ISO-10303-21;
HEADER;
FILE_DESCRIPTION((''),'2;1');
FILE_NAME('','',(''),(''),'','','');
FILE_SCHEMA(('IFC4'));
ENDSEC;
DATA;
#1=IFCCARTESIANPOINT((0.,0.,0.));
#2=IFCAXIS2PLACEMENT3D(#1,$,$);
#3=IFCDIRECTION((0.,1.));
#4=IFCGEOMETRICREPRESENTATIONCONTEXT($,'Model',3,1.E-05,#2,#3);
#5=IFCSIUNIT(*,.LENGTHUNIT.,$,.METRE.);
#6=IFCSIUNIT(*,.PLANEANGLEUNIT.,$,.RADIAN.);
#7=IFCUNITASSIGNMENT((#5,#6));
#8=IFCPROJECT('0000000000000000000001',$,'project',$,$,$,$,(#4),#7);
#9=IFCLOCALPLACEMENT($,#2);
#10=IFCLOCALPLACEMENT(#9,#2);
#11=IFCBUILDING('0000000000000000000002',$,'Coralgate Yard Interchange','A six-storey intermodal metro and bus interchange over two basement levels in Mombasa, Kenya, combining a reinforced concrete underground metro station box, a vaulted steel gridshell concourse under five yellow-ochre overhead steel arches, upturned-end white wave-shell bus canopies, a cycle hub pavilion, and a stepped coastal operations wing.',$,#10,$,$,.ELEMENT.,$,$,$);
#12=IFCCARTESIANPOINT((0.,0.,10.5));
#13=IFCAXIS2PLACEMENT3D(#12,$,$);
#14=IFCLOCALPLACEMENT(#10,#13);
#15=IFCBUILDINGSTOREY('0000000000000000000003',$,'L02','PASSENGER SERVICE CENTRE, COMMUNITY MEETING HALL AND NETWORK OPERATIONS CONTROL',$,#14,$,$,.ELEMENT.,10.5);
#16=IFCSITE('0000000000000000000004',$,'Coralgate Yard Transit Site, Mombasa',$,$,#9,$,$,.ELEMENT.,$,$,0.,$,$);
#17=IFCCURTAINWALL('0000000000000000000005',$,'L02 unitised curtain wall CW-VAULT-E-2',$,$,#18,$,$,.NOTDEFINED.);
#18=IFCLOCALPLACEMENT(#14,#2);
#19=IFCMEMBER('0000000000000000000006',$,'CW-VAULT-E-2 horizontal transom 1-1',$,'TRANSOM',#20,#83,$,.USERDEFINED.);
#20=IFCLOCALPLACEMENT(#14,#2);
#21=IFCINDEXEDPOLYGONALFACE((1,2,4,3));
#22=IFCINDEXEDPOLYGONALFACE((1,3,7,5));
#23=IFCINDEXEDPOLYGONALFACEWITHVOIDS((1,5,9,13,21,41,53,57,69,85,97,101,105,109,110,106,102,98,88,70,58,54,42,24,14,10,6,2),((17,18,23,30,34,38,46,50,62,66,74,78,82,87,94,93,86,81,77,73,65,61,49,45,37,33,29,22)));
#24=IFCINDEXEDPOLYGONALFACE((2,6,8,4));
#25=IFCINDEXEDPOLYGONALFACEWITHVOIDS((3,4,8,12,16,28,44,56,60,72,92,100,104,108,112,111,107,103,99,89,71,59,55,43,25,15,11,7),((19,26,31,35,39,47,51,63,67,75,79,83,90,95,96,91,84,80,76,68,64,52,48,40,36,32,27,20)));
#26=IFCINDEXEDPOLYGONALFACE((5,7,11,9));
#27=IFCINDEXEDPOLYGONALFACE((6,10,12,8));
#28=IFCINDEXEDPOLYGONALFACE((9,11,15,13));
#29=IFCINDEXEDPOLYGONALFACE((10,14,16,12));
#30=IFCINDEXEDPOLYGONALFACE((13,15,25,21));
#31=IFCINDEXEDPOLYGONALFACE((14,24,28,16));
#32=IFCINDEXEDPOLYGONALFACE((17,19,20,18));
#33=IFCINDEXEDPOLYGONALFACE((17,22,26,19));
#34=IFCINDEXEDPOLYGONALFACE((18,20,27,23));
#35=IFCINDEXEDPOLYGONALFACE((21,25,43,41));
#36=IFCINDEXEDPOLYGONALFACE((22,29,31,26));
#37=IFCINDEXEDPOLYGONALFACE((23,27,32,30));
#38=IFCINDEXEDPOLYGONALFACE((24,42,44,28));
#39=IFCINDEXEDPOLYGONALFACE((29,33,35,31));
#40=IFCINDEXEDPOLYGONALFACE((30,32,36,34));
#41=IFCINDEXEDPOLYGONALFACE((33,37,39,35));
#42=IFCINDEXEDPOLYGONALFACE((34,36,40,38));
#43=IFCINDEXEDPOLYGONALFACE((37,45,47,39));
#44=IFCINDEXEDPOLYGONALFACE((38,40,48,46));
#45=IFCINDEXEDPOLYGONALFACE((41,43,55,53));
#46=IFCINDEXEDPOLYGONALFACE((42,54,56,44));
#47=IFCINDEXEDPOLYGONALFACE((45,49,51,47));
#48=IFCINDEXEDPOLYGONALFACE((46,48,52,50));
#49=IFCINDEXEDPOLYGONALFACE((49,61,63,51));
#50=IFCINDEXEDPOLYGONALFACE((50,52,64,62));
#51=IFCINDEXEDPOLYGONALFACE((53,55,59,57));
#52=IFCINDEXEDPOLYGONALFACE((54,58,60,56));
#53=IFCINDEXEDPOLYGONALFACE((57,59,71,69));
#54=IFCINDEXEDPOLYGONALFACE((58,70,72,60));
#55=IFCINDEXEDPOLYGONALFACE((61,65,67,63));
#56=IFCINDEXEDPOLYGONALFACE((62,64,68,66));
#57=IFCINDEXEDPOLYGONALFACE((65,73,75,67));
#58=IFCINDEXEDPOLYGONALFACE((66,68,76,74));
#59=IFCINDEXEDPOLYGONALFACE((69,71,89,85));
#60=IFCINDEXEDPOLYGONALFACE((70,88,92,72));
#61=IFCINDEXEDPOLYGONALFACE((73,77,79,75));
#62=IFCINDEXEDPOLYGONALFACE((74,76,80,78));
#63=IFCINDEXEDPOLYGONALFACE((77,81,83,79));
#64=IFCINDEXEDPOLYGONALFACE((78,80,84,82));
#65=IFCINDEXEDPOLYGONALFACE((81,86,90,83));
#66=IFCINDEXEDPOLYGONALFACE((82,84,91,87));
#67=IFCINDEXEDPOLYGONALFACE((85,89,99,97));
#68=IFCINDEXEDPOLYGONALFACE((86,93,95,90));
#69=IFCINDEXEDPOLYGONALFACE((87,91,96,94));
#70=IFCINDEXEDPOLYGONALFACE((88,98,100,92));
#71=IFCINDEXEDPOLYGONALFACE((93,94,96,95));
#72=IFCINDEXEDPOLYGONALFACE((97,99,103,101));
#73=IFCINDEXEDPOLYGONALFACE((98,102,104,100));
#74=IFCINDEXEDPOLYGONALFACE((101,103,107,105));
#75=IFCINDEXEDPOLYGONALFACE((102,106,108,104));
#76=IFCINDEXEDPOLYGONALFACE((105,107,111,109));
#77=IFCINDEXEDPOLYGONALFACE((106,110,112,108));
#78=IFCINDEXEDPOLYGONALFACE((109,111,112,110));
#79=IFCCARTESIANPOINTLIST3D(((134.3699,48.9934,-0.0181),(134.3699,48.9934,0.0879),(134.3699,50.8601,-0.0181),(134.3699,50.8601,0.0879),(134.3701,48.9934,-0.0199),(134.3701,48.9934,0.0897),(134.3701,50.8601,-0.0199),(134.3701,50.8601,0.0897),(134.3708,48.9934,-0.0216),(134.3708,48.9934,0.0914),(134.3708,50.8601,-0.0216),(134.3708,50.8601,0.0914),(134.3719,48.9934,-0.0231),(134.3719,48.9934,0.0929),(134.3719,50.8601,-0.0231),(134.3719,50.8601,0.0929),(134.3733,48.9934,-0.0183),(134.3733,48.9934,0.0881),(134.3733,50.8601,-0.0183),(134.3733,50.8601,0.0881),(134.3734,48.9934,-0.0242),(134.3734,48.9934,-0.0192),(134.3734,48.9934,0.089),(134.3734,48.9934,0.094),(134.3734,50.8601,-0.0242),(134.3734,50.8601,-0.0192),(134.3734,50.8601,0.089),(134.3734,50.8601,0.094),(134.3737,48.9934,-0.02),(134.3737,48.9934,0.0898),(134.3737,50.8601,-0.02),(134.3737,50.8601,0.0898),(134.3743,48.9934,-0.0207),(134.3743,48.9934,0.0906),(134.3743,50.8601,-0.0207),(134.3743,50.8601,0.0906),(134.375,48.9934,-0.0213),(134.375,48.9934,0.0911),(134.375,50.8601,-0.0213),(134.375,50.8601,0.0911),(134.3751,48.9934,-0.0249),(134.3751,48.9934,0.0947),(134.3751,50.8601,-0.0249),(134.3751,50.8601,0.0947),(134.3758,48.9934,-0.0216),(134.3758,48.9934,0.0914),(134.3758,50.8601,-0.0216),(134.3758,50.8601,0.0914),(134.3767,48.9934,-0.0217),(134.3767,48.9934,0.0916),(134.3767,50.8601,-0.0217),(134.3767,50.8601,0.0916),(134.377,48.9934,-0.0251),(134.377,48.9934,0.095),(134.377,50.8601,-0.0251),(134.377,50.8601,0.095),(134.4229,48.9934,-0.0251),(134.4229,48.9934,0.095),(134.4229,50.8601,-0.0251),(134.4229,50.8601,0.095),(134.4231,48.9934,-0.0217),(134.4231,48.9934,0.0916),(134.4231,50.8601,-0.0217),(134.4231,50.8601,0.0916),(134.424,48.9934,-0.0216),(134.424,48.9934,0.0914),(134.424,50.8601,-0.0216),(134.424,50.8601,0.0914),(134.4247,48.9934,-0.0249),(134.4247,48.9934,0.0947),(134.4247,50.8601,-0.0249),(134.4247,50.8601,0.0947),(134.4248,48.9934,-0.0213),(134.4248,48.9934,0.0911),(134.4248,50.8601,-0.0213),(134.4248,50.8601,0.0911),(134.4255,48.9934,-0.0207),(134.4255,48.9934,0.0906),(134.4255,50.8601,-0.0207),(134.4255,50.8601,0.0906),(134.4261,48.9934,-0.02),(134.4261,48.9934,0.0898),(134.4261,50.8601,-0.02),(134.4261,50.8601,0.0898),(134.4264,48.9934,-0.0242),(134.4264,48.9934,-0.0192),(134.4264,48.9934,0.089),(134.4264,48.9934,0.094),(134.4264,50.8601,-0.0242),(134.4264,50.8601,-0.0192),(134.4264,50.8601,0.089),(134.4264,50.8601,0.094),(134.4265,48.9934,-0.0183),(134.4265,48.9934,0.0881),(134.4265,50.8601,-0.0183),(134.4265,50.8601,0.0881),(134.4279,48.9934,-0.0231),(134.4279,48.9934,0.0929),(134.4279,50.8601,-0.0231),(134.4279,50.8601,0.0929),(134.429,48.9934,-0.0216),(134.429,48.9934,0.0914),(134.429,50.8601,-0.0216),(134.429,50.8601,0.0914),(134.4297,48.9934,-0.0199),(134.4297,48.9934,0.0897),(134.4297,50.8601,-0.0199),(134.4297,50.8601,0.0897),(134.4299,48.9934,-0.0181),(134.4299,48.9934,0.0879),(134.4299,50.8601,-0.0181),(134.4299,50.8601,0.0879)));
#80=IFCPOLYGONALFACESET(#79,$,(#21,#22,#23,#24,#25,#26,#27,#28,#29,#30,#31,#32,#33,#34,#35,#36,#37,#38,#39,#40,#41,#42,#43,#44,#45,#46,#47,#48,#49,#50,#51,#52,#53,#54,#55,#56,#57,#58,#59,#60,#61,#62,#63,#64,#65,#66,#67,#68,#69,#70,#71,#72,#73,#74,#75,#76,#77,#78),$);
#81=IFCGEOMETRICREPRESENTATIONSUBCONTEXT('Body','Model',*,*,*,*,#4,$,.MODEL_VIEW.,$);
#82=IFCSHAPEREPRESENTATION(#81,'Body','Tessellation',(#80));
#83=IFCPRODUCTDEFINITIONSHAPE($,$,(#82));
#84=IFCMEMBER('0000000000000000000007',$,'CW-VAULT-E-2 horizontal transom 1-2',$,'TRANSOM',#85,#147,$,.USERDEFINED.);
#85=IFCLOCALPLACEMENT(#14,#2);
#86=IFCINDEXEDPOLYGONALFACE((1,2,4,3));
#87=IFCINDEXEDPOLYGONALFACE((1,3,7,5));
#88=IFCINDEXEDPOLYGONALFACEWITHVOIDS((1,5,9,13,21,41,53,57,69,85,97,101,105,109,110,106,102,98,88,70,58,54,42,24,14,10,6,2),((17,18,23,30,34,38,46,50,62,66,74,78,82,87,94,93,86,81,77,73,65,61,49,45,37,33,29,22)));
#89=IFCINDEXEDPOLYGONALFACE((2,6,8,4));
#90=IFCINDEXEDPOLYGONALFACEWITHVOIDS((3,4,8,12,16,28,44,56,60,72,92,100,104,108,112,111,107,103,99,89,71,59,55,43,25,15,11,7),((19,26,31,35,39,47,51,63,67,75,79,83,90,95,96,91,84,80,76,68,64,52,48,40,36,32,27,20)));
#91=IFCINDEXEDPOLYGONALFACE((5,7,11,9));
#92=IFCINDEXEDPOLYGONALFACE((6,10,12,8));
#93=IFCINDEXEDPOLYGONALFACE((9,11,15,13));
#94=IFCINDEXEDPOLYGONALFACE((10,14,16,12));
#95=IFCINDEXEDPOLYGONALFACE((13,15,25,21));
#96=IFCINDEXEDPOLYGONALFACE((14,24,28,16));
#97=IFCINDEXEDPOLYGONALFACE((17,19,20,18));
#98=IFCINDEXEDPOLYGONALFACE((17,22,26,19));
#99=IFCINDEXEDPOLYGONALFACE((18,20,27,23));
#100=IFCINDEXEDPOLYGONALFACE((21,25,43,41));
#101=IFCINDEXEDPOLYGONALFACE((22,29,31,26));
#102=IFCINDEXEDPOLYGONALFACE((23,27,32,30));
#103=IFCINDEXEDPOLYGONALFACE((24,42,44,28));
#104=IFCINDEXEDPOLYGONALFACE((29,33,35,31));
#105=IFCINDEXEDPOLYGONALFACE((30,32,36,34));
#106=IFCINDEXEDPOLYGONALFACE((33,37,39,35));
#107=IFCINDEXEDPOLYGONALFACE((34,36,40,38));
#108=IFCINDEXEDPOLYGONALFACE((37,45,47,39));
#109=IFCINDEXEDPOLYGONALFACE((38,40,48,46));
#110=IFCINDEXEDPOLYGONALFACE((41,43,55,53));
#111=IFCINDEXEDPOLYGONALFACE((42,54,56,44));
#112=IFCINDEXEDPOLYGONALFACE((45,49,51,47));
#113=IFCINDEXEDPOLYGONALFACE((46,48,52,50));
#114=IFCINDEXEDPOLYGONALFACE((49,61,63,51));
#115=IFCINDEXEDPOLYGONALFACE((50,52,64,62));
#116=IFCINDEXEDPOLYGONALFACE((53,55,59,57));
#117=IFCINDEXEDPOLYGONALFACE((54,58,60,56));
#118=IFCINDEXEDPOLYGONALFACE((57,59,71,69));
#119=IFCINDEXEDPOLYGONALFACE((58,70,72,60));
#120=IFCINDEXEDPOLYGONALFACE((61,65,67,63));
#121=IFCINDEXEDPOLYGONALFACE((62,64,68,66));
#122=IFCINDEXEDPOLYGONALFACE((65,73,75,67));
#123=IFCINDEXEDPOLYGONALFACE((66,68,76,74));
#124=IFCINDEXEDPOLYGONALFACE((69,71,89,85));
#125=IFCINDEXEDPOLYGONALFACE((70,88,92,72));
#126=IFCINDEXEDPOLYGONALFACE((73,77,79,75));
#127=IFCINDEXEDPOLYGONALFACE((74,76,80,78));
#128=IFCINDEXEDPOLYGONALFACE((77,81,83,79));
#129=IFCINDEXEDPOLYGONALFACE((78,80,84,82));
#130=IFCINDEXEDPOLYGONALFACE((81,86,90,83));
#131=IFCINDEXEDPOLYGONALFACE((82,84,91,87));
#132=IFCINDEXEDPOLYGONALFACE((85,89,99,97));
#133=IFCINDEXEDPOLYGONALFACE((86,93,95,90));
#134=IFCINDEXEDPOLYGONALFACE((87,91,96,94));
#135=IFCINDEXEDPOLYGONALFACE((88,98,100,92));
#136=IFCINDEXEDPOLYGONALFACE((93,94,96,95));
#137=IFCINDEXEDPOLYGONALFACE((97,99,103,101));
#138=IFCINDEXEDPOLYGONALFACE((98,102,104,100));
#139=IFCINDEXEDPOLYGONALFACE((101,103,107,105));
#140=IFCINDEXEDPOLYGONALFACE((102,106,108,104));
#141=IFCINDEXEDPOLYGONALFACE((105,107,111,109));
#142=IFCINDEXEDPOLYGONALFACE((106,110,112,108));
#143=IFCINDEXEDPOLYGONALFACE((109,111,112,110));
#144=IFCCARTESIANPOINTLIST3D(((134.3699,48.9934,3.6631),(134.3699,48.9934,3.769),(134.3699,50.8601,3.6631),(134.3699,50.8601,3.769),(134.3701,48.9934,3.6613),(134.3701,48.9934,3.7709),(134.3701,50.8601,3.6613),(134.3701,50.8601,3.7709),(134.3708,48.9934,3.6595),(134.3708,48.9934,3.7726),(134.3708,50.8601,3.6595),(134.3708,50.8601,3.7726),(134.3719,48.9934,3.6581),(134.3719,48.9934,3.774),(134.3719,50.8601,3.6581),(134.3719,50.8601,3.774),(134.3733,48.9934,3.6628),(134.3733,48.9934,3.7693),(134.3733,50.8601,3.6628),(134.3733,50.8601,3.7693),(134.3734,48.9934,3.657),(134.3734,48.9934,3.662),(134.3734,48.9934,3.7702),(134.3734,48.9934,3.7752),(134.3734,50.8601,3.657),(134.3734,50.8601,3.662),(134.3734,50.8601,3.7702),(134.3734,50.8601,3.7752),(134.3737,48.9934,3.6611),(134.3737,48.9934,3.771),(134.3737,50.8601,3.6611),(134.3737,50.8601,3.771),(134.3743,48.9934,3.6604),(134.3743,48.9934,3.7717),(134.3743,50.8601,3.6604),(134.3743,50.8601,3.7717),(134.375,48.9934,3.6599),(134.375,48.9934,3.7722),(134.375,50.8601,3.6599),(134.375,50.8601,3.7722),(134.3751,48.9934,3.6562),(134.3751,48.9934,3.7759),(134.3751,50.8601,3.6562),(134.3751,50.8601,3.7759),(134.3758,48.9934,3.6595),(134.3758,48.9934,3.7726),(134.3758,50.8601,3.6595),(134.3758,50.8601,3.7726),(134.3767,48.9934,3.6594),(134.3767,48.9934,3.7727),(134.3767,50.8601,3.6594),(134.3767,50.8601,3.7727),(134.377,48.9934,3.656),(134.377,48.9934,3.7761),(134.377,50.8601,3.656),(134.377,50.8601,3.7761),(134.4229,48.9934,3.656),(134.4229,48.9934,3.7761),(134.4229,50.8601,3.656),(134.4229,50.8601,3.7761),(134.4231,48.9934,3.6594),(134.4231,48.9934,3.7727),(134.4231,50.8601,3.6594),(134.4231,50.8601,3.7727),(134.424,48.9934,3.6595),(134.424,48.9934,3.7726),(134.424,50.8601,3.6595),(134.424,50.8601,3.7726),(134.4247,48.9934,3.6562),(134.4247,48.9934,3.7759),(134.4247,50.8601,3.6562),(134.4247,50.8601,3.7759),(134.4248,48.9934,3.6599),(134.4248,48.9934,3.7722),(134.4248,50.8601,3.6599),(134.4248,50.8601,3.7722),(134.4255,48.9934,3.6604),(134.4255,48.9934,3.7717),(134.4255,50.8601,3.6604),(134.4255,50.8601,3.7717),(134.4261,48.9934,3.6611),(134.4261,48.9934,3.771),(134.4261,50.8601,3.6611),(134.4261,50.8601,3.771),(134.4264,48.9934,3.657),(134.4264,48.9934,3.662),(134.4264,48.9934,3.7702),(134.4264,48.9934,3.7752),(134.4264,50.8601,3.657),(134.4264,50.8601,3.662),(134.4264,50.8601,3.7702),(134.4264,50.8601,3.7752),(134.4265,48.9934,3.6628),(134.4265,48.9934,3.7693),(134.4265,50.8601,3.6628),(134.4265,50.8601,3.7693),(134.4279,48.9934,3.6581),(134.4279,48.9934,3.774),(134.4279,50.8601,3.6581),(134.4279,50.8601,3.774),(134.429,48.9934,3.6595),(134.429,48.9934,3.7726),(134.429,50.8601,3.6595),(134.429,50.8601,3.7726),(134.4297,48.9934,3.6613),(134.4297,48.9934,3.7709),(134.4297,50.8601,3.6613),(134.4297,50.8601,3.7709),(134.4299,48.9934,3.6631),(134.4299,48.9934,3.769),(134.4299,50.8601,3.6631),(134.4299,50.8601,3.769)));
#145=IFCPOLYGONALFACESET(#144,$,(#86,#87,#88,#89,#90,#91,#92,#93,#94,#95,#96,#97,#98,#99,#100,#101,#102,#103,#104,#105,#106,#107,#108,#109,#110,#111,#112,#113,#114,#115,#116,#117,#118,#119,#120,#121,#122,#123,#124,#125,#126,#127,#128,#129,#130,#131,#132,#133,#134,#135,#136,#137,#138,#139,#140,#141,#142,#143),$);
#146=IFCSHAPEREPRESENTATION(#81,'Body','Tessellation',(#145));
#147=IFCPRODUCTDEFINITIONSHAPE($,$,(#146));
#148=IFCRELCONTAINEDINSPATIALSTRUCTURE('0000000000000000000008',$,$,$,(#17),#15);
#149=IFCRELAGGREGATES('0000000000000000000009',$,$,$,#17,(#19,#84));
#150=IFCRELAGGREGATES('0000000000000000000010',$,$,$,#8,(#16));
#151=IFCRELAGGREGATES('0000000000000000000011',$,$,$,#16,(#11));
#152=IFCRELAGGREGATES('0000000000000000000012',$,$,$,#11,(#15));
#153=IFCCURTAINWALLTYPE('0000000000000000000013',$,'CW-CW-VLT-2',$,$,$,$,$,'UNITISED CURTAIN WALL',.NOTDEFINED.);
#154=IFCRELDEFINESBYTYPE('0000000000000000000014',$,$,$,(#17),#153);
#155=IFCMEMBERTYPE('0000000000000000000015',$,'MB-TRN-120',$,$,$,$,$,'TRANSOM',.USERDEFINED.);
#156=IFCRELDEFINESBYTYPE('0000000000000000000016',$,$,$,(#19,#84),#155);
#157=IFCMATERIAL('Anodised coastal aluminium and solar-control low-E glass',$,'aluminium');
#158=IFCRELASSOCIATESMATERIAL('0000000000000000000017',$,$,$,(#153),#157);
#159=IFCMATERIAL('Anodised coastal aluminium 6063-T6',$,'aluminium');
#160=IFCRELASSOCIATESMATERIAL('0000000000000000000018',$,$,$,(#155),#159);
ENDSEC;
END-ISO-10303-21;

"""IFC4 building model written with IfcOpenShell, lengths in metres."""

from ifc_helpers import new_model, si_unit, direction, frame, origin, origin_2d, place, context, subcontext, project, spatial, hollow_rectangle, extrude, material, material_profile, profile_set, type_object, element, aggregate, save


model = new_model("IFC4")

# Units and contexts
model_context = context("Model", 3, precision=1e-05, world=origin(), true_north=direction((0.0, 1.0)))
body_context = subcontext(model_context, "Body", "Model", "MODEL_VIEW")
ifc_project = project(units=[si_unit("LENGTHUNIT", "METRE"), si_unit("PLANEANGLEUNIT", "RADIAN")], contexts=[model_context])

# Site, building, storey
site_placement = place(None, origin())
site = spatial("IfcSite", under=ifc_project, at=site_placement, Name="Coralgate Yard Transit Site, Mombasa", CompositionType="ELEMENT", RefElevation=0.0)
building_placement = place(site_placement, origin())
building = spatial("IfcBuilding", under=site, at=building_placement, Name="Coralgate Yard Interchange", Description="A six-storey intermodal metro and bus interchange over two basement levels in Mombasa, Kenya, combining a reinforced concrete underground metro station box, a vaulted steel gridshell concourse under five yellow-ochre overhead steel arches, upturned-end white wave-shell bus canopies, a cycle hub pavilion, and a stepped coastal operations wing.", CompositionType="ELEMENT")
storey_placement = place(building_placement, frame((0.0, 0.0, 10.5)))
storey = spatial("IfcBuildingStorey", under=building, at=storey_placement, Name="L02", Description="PASSENGER SERVICE CENTRE, COMMUNITY MEETING HALL AND NETWORK OPERATIONS CONTROL", CompositionType="ELEMENT", Elevation=10.5)

# Curtain wall
ifc_material_1 = material(Name="Anodised coastal aluminium and solar-control low-E glass", Category="aluminium")
curtain_wall_type_1 = type_object("IfcCurtainWallType", Name="CW-CW-VLT-2", ElementType="UNITISED CURTAIN WALL", PredefinedType="NOTDEFINED", material=ifc_material_1)
curtain_wall_1_placement = place(storey_placement, origin())
curtain_wall_1 = element("IfcCurtainWall", 1, at=curtain_wall_1_placement, inside=storey, type_object=curtain_wall_type_1, Name="L02 unitised curtain wall CW-VAULT-E-2", PredefinedType="NOTDEFINED")
ifc_material_2 = material(Name="Anodised coastal aluminium 6063-T6", Category="aluminium")

# Members
ifc_material_profile_1 = material_profile(ifc_material_2, hollow_rectangle(XDim=0.0601, YDim=0.1201, WallThickness=0.0034, InnerFilletRadius=0.0034, OuterFilletRadius=0.0071, at=origin_2d()), Name="ALU 60x120x3.5")
ifc_profile_set_1 = profile_set([ifc_material_profile_1], Name="Anodised coastal aluminium 6063-T6")
member_type_1 = type_object("IfcMemberType", Name="MB-TRN-120", ElementType="TRANSOM", PredefinedType="USERDEFINED", material=ifc_profile_set_1)
member_1_placement = place(storey_placement, frame((134.3999, 50.8601, 0.0349), z_axis=(0.0, -1.0, 0.0), x_axis=(1.0, 0.0, 0.0)))
member_1 = element("IfcMember", 2, at=member_1_placement, type_object=member_type_1, Name="CW-VAULT-E-2 horizontal transom 1-1", ObjectType="TRANSOM", PredefinedType="USERDEFINED", context=body_context, shape_type="SweptSolid", body=[
    extrude(hollow_rectangle(XDim=0.0601, YDim=0.1201, WallThickness=0.0034, InnerFilletRadius=0.0034, OuterFilletRadius=0.0071, at=origin_2d()), origin(), (0.0, 0.0, 1.0), 1.8667),
])
member_2_placement = place(storey_placement, frame((134.3999, 50.8601, 3.7161), z_axis=(0.0, -1.0, 0.0), x_axis=(1.0, 0.0, 0.0)))
member_2 = element("IfcMember", 3, at=member_2_placement, type_object=member_type_1, Name="CW-VAULT-E-2 horizontal transom 1-2", ObjectType="TRANSOM", PredefinedType="USERDEFINED", context=body_context, shape_type="SweptSolid", body=[
    extrude(hollow_rectangle(XDim=0.0601, YDim=0.1201, WallThickness=0.0034, InnerFilletRadius=0.0034, OuterFilletRadius=0.0071, at=origin_2d()), origin(), (0.0, 0.0, 1.0), 1.8667),
])

aggregate(curtain_wall_1, [member_1, member_2])

save(model, "model.ifc")
